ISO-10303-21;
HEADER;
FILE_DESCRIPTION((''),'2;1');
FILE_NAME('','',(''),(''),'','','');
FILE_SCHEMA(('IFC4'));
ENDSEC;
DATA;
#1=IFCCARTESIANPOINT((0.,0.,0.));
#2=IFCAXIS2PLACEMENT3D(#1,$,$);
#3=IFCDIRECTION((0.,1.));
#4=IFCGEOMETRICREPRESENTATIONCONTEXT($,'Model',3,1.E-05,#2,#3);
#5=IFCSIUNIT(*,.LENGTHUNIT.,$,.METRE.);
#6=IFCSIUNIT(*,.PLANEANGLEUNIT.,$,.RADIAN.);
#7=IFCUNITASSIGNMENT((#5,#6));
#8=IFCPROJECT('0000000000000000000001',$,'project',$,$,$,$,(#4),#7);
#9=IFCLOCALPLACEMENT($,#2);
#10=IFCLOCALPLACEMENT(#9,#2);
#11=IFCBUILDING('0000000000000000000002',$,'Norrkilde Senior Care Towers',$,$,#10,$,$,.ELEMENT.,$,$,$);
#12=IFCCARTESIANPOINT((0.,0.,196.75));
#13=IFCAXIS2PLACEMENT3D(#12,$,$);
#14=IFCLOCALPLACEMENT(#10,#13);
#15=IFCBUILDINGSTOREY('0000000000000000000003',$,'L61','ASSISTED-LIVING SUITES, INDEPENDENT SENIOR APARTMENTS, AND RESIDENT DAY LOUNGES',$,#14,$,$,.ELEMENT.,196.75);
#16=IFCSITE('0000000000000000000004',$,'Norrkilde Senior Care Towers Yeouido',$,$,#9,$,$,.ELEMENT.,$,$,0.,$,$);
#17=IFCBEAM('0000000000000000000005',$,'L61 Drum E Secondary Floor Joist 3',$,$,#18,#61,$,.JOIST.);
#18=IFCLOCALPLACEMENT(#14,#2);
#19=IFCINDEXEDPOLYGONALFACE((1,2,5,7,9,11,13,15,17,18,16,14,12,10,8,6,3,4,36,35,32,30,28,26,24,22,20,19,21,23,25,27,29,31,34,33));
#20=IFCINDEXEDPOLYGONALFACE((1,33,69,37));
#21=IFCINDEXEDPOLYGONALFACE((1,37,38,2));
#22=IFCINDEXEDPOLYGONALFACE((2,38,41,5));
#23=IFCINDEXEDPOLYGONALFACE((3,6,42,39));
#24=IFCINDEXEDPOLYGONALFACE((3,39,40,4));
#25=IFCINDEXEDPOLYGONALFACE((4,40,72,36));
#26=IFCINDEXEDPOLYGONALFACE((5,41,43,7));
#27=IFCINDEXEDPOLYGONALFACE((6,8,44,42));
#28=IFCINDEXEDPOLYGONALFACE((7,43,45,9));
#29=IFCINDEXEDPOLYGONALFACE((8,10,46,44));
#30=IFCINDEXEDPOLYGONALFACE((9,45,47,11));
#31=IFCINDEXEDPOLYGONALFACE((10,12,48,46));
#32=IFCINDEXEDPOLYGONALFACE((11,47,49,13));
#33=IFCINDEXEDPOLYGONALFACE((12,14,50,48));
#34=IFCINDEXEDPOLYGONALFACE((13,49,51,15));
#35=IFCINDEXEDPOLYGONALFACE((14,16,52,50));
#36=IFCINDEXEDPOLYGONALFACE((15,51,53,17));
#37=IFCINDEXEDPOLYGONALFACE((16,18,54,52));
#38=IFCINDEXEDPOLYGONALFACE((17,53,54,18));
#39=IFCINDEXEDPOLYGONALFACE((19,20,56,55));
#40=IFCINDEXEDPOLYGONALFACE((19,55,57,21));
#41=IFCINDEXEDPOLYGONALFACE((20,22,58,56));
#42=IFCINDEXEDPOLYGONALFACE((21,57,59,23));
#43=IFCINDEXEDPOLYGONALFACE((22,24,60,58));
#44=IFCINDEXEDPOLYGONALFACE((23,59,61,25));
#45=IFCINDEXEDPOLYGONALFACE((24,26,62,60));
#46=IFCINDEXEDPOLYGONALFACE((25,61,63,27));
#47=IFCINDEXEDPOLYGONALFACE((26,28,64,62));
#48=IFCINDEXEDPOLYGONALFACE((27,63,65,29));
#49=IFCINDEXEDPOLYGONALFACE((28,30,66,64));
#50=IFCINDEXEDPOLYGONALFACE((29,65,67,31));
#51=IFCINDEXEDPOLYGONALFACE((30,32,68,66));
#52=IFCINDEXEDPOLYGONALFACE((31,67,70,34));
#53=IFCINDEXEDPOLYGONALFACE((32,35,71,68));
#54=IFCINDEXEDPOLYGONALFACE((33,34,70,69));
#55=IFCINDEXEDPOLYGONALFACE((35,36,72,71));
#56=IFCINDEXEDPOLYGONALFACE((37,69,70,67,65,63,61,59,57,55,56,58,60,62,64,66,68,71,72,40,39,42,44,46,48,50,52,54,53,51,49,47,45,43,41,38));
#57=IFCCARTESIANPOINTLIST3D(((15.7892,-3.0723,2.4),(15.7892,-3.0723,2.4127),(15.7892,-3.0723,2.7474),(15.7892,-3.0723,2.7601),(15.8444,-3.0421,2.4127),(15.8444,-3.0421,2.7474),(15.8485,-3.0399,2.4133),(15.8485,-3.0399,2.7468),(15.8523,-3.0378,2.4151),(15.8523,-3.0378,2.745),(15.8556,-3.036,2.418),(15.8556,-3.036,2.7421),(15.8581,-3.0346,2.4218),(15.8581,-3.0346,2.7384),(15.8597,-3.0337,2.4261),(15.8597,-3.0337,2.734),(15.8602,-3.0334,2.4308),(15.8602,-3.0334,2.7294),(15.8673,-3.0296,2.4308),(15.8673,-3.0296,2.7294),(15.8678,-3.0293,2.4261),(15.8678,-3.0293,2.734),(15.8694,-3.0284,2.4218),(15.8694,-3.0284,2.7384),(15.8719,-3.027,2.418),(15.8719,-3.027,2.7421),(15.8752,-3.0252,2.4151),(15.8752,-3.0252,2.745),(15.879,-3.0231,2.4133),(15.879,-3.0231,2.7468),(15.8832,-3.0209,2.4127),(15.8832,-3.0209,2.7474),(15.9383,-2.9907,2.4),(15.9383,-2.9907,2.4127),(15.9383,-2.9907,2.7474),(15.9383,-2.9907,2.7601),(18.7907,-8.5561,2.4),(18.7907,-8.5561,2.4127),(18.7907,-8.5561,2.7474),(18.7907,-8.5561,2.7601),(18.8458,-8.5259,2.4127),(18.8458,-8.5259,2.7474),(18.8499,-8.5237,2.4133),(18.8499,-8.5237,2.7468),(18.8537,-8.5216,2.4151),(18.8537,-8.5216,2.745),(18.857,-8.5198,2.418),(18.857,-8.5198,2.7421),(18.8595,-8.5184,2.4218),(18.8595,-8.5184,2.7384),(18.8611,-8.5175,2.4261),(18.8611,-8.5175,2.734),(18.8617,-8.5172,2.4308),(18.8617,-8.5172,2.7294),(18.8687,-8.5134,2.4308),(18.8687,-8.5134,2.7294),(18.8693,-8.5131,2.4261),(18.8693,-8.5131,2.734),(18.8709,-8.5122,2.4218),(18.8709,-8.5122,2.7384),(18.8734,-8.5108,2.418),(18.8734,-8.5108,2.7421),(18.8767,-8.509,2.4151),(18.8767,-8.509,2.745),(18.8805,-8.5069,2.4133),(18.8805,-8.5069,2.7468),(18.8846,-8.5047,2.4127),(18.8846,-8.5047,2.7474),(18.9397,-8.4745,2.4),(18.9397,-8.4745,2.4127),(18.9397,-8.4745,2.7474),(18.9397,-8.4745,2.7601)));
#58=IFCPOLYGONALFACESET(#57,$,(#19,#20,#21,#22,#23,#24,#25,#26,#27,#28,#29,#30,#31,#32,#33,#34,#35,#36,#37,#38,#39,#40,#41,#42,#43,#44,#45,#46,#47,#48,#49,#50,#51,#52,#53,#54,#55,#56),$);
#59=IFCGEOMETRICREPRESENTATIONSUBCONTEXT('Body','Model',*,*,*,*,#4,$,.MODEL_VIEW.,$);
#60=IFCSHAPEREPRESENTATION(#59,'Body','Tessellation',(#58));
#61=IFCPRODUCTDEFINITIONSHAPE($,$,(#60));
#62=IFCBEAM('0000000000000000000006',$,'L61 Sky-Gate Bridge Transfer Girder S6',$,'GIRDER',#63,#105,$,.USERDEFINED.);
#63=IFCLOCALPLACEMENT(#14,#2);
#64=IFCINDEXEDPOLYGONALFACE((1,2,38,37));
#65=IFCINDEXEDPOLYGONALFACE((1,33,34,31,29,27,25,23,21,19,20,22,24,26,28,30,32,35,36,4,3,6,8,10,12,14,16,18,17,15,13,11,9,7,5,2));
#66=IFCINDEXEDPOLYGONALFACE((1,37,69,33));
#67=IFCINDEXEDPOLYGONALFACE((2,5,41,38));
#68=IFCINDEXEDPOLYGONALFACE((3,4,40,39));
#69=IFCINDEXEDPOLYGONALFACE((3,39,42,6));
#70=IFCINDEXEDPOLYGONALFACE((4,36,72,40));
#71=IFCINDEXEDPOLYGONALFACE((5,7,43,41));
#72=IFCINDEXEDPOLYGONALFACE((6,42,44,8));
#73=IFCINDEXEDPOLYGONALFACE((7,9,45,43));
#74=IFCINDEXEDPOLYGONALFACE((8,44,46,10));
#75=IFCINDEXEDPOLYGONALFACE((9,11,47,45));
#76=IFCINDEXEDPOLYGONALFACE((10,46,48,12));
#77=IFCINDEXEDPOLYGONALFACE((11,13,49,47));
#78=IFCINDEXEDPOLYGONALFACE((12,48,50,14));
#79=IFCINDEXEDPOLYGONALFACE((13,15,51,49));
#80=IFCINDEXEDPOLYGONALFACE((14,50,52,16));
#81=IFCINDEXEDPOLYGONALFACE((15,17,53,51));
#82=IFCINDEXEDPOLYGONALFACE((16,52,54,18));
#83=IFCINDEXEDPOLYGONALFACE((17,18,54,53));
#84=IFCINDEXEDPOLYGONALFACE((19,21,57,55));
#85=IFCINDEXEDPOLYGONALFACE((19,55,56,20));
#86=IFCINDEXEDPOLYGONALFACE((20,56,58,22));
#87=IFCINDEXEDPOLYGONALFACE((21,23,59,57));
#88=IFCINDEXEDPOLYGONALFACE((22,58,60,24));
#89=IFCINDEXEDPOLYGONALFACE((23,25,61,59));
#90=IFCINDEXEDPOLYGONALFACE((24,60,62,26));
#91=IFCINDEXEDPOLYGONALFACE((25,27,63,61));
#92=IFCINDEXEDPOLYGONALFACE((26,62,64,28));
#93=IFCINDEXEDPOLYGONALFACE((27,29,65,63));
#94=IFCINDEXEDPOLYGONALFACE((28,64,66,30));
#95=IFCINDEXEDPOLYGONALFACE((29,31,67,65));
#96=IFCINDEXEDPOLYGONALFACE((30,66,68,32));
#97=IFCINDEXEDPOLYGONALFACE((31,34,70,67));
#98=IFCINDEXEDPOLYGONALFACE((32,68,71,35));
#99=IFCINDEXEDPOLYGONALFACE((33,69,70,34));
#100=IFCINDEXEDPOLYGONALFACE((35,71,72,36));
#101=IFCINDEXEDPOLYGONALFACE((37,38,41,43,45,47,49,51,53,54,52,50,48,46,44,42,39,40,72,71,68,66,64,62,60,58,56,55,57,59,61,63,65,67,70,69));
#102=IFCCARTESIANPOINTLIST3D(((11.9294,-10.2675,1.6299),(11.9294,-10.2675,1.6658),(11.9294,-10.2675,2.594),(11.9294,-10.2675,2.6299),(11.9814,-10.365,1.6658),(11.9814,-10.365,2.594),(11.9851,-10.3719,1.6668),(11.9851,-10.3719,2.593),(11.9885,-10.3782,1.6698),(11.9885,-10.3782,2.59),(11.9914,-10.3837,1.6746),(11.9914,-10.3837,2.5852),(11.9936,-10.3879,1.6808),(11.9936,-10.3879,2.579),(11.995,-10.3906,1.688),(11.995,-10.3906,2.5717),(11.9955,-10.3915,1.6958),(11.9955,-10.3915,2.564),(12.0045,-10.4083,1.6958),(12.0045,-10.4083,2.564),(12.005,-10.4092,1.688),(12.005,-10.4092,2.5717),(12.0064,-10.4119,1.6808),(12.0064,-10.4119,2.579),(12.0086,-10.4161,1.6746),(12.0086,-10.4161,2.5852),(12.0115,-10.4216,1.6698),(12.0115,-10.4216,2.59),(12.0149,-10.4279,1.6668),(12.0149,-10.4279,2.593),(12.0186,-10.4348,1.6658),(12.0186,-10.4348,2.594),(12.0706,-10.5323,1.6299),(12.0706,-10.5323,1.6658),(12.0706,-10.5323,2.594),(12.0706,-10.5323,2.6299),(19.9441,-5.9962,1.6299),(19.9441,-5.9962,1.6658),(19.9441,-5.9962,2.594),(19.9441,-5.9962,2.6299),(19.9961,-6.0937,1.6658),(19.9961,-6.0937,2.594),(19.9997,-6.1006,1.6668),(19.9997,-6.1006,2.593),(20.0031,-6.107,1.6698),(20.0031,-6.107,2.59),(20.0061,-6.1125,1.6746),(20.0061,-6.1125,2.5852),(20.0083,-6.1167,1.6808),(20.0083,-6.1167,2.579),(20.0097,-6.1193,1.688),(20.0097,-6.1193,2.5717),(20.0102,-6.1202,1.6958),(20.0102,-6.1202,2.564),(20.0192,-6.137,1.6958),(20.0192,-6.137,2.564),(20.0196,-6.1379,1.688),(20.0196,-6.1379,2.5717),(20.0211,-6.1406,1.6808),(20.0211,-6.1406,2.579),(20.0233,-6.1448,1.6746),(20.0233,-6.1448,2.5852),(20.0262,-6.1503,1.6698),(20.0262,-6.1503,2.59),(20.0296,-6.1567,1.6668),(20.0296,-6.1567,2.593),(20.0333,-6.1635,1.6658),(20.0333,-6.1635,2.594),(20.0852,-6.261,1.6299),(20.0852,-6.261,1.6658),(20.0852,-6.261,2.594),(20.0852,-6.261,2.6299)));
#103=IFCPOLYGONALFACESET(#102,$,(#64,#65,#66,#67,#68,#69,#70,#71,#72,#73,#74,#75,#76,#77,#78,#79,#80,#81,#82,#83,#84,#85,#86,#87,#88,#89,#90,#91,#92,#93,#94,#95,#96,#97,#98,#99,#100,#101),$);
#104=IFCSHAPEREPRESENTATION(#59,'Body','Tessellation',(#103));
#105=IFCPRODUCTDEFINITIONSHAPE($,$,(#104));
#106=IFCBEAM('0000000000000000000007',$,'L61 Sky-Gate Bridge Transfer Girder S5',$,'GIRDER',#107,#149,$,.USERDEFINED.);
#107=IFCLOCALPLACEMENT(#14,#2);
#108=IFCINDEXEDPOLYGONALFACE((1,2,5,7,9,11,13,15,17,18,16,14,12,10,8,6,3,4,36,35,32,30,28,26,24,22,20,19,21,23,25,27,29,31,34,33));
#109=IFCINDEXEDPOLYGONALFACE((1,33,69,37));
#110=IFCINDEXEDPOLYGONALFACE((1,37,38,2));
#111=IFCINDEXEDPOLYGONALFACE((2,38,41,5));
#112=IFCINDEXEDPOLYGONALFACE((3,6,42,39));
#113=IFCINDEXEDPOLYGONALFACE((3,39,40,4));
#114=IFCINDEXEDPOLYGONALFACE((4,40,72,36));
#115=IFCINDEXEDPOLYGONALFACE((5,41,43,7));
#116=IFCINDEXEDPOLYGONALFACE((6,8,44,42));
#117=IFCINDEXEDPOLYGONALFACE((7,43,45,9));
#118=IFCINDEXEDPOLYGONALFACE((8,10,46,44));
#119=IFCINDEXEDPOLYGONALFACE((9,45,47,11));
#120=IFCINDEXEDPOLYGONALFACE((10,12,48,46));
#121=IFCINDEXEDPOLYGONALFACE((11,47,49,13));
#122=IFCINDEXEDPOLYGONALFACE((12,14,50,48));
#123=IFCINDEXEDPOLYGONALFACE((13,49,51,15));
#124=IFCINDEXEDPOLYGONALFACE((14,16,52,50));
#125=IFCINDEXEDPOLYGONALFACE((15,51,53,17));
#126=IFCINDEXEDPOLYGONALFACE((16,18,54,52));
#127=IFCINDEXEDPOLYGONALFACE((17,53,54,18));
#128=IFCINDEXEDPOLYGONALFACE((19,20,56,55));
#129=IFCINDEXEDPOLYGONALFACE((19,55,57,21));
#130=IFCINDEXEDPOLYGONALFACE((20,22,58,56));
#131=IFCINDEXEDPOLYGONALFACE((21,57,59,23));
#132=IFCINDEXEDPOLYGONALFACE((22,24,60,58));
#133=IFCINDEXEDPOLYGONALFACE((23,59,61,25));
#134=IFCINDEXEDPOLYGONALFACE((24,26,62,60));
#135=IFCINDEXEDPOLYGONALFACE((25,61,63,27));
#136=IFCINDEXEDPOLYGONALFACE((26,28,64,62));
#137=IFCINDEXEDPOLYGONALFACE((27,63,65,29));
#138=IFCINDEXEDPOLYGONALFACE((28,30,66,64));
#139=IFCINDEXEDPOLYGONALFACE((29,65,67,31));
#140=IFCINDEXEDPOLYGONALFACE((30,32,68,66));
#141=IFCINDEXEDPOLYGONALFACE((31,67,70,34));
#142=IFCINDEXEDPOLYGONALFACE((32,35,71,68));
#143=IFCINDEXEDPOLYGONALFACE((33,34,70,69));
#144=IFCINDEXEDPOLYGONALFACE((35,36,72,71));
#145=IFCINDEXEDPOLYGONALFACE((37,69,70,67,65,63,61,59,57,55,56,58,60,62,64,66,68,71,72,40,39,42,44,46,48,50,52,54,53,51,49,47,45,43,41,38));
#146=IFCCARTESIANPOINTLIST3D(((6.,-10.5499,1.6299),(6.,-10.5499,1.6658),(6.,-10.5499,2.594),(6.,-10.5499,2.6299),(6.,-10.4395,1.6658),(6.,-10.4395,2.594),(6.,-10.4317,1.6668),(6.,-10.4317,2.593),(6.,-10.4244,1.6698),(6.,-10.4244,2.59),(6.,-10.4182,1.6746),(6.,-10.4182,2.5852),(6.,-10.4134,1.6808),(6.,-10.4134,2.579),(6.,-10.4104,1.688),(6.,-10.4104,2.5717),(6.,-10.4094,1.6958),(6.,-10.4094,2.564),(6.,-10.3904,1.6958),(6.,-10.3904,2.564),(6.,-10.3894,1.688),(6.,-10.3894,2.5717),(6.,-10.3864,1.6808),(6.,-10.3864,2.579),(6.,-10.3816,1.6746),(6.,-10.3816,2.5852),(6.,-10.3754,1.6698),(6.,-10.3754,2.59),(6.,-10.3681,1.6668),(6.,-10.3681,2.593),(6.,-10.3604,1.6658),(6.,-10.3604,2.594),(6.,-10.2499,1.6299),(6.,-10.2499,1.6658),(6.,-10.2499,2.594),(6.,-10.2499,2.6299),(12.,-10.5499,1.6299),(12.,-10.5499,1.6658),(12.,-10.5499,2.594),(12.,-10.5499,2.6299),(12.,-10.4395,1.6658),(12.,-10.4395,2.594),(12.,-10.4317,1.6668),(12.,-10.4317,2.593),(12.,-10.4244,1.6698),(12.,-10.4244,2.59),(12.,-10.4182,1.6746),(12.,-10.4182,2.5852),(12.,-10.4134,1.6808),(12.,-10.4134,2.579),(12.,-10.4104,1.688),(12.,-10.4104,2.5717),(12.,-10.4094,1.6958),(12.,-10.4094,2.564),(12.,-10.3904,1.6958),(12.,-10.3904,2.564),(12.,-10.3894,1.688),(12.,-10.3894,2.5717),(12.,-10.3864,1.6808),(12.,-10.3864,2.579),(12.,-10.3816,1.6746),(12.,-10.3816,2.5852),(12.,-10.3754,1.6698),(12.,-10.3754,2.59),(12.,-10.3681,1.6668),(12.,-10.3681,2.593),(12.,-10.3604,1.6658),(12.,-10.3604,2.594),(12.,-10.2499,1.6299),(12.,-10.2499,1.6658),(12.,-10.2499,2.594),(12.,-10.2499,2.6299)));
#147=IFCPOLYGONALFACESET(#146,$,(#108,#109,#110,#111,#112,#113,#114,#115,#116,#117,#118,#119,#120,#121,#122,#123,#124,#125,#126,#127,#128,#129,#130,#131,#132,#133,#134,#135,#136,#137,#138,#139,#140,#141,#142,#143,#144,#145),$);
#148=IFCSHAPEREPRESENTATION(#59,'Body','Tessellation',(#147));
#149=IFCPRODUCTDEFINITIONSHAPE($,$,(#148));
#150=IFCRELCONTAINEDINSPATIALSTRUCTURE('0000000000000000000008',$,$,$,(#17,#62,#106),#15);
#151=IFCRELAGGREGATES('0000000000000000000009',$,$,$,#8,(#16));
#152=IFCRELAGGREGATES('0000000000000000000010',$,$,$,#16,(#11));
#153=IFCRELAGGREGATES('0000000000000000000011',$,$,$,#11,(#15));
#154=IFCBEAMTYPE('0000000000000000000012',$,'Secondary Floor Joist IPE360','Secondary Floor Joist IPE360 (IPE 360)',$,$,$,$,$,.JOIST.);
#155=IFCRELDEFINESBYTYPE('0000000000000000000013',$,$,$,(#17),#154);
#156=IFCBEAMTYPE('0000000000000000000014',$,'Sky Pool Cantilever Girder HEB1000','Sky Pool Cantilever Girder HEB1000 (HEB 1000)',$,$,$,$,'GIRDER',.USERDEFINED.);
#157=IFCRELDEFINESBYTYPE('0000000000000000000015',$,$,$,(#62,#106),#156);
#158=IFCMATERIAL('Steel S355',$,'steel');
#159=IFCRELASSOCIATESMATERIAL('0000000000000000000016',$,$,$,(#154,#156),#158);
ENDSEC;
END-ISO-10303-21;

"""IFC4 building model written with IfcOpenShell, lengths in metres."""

from ifc_helpers import new_model, si_unit, direction, frame, origin, origin_2d, place, context, subcontext, project, spatial, i_section, extrude, source, transform, mapped, material, material_profile, profile_set, type_object, type_shapes, element, save


model = new_model("IFC4")

# Units and contexts
model_context = context("Model", 3, precision=1e-05, world=origin(), true_north=direction((0.0, 1.0)))
body_context = subcontext(model_context, "Body", "Model", "MODEL_VIEW")
ifc_project = project(units=[si_unit("LENGTHUNIT", "METRE"), si_unit("PLANEANGLEUNIT", "RADIAN")], contexts=[model_context])

# Site, building, storey
site_placement = place(None, origin())
site = spatial("IfcSite", under=ifc_project, at=site_placement, Name="Norrkilde Senior Care Towers Yeouido", CompositionType="ELEMENT", RefElevation=0.0)
building_placement = place(site_placement, origin())
building = spatial("IfcBuilding", under=site, at=building_placement, Name="Norrkilde Senior Care Towers", CompositionType="ELEMENT")
storey_placement = place(building_placement, frame((0.0, 0.0, 196.75)))
storey = spatial("IfcBuildingStorey", under=building, at=storey_placement, Name="L61", Description="ASSISTED-LIVING SUITES, INDEPENDENT SENIOR APARTMENTS, AND RESIDENT DAY LOUNGES", CompositionType="ELEMENT", Elevation=196.75)

# Beams
ifc_material_1 = material(Name="Steel S355", Category="steel")
ifc_material_profile_1 = material_profile(ifc_material_1, i_section(OverallWidth=0.1699, OverallDepth=0.3601, WebThickness=0.0081, FlangeThickness=0.0127, FilletRadius=0.0181, at=origin_2d()), Name="IPE 360")
ifc_profile_set_1 = profile_set([ifc_material_profile_1], Name="Steel S355")
beam_type_1 = type_object("IfcBeamType", Name="Secondary Floor Joist IPE360", Description="Secondary Floor Joist IPE360 (IPE 360)", PredefinedType="JOIST", material=ifc_profile_set_1)
shared_shape_1 = source(origin(), body_context, "Body", "SweptSolid", [
    extrude(i_section(OverallWidth=0.1699, OverallDepth=0.3601, WebThickness=0.0081, FlangeThickness=0.0127, FilletRadius=0.0181, at=origin_2d()), origin(), (0.0, 0.0, 1.0), 6.2515),
])
type_shapes(beam_type_1, [shared_shape_1])
beam_1_placement = place(storey_placement, frame((15.8638, -3.0315, 2.5801), z_axis=(0.480116, -0.877205, 0.0), x_axis=(0.877205, 0.480116, 0.0)))
element("IfcBeam", 1, at=beam_1_placement, inside=storey, type_object=beam_type_1, Name="L61 Drum E Secondary Floor Joist 3", PredefinedType="JOIST", context=body_context, shape_type="MappedRepresentation", body=[
    mapped(shared_shape_1, transform((0.0, 0.0, 0.0), x_axis=(1.0, 0.0, 0.0), y_axis=(0.0, 1.0, 0.0), z_axis=(0.0, 0.0, 1.0), scale=1.0)),
])
ifc_material_profile_2 = material_profile(ifc_material_1, i_section(OverallWidth=0.3, OverallDepth=1.0, WebThickness=0.019, FlangeThickness=0.0359, FilletRadius=0.03, at=origin_2d()), Name="HEB 1000")
ifc_profile_set_2 = profile_set([ifc_material_profile_2], Name="Steel S355")
beam_type_2 = type_object("IfcBeamType", Name="Sky Pool Cantilever Girder HEB1000", Description="Sky Pool Cantilever Girder HEB1000 (HEB 1000)", ElementType="GIRDER", PredefinedType="USERDEFINED", material=ifc_profile_set_2)
shared_shape_2 = source(origin(), body_context, "Body", "SweptSolid", [
    extrude(i_section(OverallWidth=0.3, OverallDepth=1.0, WebThickness=0.019, FlangeThickness=0.0359, FilletRadius=0.03, at=origin_2d()), origin(), (0.0, 0.0, 1.0), 9.0818),
])
beam_2_placement = place(storey_placement, frame((12.0, -10.3999, 2.1299), z_axis=(0.882501, 0.470311, 0.0), x_axis=(-0.470311, 0.882501, 0.0)))
element("IfcBeam", 2, at=beam_2_placement, inside=storey, type_object=beam_type_2, Name="L61 Sky-Gate Bridge Transfer Girder S6", ObjectType="GIRDER", PredefinedType="USERDEFINED", context=body_context, shape_type="MappedRepresentation", body=[
    mapped(shared_shape_2, transform((0.0, 0.0, 0.0), x_axis=(1.0, 0.0, 0.0), y_axis=(0.0, 1.0, 0.0), z_axis=(0.0, 0.0, 1.0), scale=1.0)),
])
shared_shape_3 = source(origin(), body_context, "Body", "SweptSolid", [
    extrude(i_section(OverallWidth=0.3, OverallDepth=1.0, WebThickness=0.019, FlangeThickness=0.0359, FilletRadius=0.03, at=origin_2d()), origin(), (0.0, 0.0, 1.0), 6.0),
])
type_shapes(beam_type_2, [shared_shape_2, shared_shape_3])
beam_3_placement = place(storey_placement, frame((6.0, -10.3999, 2.1299), z_axis=(1.0, 0.0, 0.0), x_axis=(0.0, 1.0, 0.0)))
element("IfcBeam", 3, at=beam_3_placement, inside=storey, type_object=beam_type_2, Name="L61 Sky-Gate Bridge Transfer Girder S5", ObjectType="GIRDER", PredefinedType="USERDEFINED", context=body_context, shape_type="MappedRepresentation", body=[
    mapped(shared_shape_3, transform((0.0, 0.0, 0.0), x_axis=(1.0, 0.0, 0.0), y_axis=(0.0, 1.0, 0.0), z_axis=(0.0, 0.0, 1.0), scale=1.0)),
])

save(model, "model.ifc")
